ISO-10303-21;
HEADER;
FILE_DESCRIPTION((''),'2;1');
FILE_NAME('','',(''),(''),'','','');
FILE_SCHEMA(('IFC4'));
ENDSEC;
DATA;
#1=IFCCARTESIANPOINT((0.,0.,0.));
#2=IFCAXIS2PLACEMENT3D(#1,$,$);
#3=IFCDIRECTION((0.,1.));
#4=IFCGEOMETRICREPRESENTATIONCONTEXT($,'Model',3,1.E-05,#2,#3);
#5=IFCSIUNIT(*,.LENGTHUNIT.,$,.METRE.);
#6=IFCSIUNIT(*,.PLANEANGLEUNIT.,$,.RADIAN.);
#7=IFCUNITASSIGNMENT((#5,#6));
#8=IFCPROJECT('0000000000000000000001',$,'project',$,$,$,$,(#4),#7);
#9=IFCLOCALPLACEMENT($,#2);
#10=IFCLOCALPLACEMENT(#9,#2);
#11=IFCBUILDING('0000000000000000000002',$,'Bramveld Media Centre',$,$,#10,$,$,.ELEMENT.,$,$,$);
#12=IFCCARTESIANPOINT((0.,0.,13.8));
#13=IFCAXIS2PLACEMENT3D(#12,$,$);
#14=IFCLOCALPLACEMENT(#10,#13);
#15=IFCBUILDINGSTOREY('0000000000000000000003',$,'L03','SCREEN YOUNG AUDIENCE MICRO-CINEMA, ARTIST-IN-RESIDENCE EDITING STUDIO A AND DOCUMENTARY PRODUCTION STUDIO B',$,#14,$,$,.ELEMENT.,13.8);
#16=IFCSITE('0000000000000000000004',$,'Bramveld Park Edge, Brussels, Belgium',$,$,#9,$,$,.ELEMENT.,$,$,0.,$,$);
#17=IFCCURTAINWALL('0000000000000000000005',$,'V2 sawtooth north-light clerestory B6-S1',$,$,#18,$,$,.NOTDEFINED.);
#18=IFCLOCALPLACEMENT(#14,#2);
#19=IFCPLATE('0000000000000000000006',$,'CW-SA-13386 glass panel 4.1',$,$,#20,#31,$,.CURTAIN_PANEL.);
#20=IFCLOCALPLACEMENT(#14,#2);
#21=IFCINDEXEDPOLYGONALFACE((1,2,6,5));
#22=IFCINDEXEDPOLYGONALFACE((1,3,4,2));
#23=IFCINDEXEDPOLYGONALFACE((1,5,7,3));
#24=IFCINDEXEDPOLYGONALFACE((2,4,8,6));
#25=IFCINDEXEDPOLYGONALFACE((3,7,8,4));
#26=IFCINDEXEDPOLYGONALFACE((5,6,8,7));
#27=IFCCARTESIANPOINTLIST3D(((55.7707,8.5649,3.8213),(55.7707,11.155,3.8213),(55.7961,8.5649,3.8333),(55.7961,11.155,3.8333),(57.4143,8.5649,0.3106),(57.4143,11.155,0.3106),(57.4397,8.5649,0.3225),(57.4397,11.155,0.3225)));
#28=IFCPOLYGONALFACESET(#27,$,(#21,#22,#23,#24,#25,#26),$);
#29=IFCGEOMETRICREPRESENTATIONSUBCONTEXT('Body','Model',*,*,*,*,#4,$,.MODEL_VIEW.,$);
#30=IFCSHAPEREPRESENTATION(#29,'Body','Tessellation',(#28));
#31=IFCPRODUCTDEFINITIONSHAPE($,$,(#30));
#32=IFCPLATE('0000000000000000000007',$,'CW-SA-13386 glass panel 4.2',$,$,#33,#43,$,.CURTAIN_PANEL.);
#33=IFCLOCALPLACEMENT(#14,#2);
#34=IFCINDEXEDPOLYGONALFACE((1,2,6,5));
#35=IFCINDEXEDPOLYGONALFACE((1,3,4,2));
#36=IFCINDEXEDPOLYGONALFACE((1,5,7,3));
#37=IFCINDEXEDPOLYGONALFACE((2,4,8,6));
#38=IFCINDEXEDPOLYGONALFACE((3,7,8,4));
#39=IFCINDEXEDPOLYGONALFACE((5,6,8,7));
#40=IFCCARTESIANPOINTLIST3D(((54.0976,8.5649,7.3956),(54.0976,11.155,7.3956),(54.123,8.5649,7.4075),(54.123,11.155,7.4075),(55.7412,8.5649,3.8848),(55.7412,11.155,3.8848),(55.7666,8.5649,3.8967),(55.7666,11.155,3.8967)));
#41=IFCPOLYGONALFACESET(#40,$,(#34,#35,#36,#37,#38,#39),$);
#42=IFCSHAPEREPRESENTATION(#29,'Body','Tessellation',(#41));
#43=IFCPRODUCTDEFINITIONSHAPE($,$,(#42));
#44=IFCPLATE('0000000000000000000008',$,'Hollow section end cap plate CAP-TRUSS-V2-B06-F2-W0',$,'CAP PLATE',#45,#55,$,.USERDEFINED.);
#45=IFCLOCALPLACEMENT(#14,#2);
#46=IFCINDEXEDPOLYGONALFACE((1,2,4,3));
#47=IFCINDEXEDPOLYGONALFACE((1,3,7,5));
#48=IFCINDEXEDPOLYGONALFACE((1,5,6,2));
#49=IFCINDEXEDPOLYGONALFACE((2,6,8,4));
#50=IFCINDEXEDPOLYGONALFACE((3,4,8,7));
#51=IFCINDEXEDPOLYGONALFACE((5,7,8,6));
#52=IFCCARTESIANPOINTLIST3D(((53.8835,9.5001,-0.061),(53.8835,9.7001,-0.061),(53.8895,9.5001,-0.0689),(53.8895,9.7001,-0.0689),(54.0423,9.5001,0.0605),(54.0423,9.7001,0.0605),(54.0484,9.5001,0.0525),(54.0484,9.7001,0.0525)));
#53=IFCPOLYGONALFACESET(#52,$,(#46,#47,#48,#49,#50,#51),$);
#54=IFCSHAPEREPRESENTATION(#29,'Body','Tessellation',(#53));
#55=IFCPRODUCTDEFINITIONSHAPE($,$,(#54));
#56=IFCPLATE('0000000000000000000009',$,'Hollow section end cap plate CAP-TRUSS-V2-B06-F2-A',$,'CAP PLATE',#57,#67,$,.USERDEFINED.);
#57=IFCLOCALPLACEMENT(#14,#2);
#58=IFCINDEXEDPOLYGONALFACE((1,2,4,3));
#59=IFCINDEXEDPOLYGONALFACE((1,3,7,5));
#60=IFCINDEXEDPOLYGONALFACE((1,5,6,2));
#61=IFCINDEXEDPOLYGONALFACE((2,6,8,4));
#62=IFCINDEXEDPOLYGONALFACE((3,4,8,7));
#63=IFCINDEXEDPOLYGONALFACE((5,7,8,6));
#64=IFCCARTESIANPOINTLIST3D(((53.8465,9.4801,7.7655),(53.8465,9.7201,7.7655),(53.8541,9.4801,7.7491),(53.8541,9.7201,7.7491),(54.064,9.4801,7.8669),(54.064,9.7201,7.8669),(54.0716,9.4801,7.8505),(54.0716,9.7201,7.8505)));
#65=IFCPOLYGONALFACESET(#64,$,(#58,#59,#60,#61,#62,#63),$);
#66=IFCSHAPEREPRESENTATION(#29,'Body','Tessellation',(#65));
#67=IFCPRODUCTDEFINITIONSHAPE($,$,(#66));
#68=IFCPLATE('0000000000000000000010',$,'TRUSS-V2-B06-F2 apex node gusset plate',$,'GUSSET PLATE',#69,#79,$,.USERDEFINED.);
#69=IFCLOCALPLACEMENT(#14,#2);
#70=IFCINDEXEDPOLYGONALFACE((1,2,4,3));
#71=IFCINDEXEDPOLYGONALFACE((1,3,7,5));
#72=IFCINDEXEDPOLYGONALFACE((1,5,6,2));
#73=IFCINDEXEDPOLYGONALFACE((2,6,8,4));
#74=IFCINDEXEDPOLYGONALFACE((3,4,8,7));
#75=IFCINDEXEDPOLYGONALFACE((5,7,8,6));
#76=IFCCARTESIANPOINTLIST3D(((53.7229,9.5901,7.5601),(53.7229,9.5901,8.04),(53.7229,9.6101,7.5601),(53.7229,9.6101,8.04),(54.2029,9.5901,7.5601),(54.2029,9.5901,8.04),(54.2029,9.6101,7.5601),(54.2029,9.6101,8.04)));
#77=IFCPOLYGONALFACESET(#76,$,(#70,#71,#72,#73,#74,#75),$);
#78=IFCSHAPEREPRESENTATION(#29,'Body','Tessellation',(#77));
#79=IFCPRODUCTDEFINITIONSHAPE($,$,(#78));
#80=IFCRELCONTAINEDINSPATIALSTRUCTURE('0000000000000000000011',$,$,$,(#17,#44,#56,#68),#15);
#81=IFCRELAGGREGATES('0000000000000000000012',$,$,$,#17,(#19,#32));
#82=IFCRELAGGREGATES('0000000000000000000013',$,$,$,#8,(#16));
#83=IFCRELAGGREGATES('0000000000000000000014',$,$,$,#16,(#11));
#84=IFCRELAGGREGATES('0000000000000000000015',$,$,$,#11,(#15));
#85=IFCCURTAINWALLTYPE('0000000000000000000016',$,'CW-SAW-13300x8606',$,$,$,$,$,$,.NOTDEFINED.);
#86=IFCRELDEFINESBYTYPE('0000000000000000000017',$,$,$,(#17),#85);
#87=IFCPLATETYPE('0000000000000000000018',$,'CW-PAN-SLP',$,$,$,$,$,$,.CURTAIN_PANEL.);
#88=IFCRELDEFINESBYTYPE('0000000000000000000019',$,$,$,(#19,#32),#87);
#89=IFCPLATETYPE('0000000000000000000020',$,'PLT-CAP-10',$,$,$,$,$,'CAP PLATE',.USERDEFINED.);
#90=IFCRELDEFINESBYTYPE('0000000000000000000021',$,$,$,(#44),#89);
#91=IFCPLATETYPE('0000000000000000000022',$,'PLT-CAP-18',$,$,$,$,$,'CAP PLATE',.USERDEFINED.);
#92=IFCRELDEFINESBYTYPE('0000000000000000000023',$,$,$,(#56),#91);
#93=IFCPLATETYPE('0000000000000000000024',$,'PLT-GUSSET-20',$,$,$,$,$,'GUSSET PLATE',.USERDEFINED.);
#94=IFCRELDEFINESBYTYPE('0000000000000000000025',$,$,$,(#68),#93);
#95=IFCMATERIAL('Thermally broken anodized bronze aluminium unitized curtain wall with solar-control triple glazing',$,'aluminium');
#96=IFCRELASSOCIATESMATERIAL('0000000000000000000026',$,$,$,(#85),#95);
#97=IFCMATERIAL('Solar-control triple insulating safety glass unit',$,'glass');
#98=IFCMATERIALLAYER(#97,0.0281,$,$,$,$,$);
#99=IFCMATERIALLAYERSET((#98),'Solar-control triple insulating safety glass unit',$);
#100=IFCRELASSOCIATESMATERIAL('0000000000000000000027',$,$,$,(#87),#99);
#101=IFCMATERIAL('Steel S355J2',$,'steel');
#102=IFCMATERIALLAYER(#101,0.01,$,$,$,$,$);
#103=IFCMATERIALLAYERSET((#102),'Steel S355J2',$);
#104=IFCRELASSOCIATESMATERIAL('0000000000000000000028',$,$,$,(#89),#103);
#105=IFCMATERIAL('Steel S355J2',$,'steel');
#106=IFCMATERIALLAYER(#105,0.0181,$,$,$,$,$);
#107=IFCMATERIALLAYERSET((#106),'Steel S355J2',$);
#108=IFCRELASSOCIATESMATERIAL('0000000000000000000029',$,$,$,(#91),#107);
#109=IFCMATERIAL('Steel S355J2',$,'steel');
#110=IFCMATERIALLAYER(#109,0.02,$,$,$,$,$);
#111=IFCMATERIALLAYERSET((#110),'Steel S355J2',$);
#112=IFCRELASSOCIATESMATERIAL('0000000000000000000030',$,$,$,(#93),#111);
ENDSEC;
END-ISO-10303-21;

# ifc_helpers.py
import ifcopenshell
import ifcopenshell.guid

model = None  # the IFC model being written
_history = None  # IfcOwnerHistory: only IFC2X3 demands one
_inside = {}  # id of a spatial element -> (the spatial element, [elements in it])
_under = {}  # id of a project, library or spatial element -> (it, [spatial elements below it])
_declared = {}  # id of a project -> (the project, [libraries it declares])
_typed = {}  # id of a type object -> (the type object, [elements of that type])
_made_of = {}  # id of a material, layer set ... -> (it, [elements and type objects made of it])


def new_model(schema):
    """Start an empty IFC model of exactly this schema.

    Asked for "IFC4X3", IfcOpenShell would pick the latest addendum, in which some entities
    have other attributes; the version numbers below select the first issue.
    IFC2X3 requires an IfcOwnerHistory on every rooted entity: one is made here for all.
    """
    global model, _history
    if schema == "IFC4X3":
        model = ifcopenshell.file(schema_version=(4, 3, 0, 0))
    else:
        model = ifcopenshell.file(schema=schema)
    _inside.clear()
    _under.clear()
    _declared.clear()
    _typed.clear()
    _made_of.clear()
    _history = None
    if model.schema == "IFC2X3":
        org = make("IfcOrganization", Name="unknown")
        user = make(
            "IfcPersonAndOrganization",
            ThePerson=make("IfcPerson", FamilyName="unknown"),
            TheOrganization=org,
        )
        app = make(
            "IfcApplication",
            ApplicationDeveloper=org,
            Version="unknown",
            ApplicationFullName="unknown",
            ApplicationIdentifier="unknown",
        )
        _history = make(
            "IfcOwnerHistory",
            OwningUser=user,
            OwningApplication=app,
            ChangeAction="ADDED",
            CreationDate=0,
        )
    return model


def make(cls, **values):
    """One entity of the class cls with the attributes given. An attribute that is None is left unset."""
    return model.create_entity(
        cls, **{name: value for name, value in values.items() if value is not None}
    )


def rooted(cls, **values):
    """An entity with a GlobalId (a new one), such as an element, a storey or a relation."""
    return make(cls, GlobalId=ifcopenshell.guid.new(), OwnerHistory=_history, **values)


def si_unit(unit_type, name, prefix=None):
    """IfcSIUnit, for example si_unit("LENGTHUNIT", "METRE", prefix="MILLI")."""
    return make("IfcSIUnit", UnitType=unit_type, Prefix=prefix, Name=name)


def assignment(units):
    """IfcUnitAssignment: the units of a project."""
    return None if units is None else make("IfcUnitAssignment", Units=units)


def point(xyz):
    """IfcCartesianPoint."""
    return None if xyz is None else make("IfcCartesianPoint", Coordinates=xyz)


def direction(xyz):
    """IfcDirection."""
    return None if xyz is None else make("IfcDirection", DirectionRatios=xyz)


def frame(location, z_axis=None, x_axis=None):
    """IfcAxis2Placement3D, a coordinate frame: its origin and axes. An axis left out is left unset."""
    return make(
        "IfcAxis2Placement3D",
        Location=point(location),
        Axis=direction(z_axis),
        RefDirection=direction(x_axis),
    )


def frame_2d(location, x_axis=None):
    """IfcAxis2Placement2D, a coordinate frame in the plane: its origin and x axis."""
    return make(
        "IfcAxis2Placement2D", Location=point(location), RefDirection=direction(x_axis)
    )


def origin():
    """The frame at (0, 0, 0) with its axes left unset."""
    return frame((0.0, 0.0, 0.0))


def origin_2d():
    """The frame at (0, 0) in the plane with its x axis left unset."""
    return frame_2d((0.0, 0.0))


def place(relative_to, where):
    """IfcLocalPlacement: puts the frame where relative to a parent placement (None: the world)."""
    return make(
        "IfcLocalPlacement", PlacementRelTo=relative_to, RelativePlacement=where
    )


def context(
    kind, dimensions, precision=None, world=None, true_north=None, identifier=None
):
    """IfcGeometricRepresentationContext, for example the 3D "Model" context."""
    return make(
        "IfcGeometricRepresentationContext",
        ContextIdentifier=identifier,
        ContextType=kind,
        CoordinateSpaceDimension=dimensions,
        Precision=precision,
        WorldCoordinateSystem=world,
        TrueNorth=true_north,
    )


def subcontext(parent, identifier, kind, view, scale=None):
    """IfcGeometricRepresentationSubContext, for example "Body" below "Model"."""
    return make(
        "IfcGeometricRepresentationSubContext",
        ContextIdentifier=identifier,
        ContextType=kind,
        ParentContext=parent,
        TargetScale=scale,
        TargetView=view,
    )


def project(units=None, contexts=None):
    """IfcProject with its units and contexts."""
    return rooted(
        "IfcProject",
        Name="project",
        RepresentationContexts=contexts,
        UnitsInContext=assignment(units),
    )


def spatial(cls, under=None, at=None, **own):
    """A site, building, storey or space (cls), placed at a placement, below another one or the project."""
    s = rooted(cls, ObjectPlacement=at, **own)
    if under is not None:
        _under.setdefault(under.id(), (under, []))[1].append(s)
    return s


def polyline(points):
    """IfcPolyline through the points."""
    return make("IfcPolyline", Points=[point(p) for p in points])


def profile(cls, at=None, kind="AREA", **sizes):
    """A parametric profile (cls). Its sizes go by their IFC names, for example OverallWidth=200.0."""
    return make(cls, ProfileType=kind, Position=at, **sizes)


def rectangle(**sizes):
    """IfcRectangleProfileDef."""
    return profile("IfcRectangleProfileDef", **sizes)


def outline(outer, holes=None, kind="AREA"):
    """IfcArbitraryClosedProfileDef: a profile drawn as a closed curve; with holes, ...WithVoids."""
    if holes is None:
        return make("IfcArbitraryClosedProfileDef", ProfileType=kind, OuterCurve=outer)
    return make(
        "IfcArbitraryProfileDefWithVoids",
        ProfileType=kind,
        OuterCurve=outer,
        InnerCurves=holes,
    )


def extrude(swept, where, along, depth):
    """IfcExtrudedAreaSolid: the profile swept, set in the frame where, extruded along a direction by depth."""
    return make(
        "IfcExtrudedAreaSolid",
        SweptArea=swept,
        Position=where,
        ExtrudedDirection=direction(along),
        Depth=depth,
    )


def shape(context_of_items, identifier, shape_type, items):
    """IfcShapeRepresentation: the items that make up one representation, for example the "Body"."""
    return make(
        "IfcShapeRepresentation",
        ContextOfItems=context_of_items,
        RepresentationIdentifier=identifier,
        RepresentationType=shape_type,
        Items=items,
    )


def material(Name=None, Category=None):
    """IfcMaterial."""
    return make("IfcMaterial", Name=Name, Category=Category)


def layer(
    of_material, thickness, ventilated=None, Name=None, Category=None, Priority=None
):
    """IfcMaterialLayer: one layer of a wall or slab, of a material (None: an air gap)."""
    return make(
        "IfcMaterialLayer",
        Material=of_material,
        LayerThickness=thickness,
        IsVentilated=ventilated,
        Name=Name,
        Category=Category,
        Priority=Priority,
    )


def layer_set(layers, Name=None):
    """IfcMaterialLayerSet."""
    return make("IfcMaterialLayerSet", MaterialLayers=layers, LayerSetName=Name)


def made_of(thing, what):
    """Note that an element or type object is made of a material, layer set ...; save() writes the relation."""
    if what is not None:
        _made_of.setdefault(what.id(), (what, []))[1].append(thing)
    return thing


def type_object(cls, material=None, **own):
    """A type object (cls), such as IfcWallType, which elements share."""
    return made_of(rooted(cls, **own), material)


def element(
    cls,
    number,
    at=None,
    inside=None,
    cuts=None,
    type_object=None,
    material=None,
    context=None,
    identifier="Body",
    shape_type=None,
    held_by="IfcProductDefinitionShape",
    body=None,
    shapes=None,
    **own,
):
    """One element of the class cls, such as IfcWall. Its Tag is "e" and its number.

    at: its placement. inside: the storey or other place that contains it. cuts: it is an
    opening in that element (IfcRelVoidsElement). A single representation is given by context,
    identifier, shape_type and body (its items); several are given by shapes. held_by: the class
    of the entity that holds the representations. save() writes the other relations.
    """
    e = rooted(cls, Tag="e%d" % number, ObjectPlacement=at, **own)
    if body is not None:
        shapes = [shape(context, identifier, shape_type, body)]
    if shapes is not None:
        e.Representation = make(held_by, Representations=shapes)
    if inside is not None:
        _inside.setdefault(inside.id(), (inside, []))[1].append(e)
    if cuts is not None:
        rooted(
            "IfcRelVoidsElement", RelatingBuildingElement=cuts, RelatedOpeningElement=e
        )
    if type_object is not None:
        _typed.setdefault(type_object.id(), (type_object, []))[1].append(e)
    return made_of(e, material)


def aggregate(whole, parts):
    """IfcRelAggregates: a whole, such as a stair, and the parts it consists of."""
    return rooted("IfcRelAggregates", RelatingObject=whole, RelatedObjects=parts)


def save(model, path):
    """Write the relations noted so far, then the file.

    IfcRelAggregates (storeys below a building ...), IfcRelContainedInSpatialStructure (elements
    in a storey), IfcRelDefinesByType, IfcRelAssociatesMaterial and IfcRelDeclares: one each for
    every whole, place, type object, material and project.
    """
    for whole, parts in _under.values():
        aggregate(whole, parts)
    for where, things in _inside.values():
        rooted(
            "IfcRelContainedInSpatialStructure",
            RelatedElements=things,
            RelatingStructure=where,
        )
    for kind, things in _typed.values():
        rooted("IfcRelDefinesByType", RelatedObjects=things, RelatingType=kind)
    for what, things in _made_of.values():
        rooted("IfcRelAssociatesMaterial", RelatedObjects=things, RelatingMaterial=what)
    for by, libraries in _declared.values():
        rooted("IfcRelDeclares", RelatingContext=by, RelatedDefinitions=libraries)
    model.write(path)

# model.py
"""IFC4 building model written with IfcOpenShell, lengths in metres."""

from ifc_helpers import new_model, si_unit, direction, frame, origin, origin_2d, place, context, subcontext, project, spatial, polyline, rectangle, outline, extrude, material, layer, layer_set, type_object, element, aggregate, save


model = new_model("IFC4")

# Units and contexts
model_context = context("Model", 3, precision=1e-05, world=origin(), true_north=direction((0.0, 1.0)))
body_context = subcontext(model_context, "Body", "Model", "MODEL_VIEW")
ifc_project = project(units=[si_unit("LENGTHUNIT", "METRE"), si_unit("PLANEANGLEUNIT", "RADIAN")], contexts=[model_context])

# Site, building, storey
site_placement = place(None, origin())
site = spatial("IfcSite", under=ifc_project, at=site_placement, Name="Bramveld Park Edge, Brussels, Belgium", CompositionType="ELEMENT", RefElevation=0.0)
building_placement = place(site_placement, origin())
building = spatial("IfcBuilding", under=site, at=building_placement, Name="Bramveld Media Centre", CompositionType="ELEMENT")
storey_placement = place(building_placement, frame((0.0, 0.0, 13.8)))
storey = spatial("IfcBuildingStorey", under=building, at=storey_placement, Name="L03", Description="SCREEN YOUNG AUDIENCE MICRO-CINEMA, ARTIST-IN-RESIDENCE EDITING STUDIO A AND DOCUMENTARY PRODUCTION STUDIO B", CompositionType="ELEMENT", Elevation=13.8)

# Curtain wall
ifc_material_1 = material(Name="Thermally broken anodized bronze aluminium unitized curtain wall with solar-control triple glazing", Category="aluminium")
curtain_wall_type = type_object("IfcCurtainWallType", Name="CW-SAW-13300x8606", PredefinedType="NOTDEFINED", material=ifc_material_1)
curtain_wall_placement = place(storey_placement, origin())
curtain_wall = element("IfcCurtainWall", 1, at=curtain_wall_placement, inside=storey, type_object=curtain_wall_type, Name="V2 sawtooth north-light clerestory B6-S1", PredefinedType="NOTDEFINED")

# Plates
ifc_material_2 = material(Name="Solar-control triple insulating safety glass unit", Category="glass")
ifc_layer_1 = layer(ifc_material_2, 0.0281)
ifc_layer_set_1 = layer_set([ifc_layer_1], Name="Solar-control triple insulating safety glass unit")
plate_type_1 = type_object("IfcPlateType", Name="CW-PAN-SLP", PredefinedType="CURTAIN_PANEL", material=ifc_layer_set_1)
plate_1_placement = place(storey_placement, frame((57.4397, 8.5649, 0.3225), z_axis=(0.905668, 0.0, 0.423988), x_axis=(0.0, 1.0, 0.0)))
plate_1 = element("IfcPlate", 2, at=plate_1_placement, type_object=plate_type_1, Name="CW-SA-13386 glass panel 4.1", PredefinedType="CURTAIN_PANEL", context=body_context, shape_type="SweptSolid", body=[
    extrude(outline(polyline([(0.0, 0.0), (2.5901, 0.0), (2.5901, 3.8764), (0.0, 3.8764), (0.0, 0.0)])), origin(), (0.0, 0.0, -1.0), 0.0281),
])
plate_2_placement = place(storey_placement, frame((55.7666, 8.5649, 3.8967), z_axis=(0.905668, 0.0, 0.423988), x_axis=(0.0, 1.0, 0.0)))
plate_2 = element("IfcPlate", 3, at=plate_2_placement, type_object=plate_type_1, Name="CW-SA-13386 glass panel 4.2", PredefinedType="CURTAIN_PANEL", context=body_context, shape_type="SweptSolid", body=[
    extrude(outline(polyline([(0.0, 0.0), (2.5901, 0.0), (2.5901, 3.8764), (0.0, 3.8764), (0.0, 0.0)])), origin(), (0.0, 0.0, -1.0), 0.0281),
])
aggregate(curtain_wall, [plate_1, plate_2])

# Plates
ifc_material_3 = material(Name="Steel S355J2", Category="steel")
ifc_layer_2 = layer(ifc_material_3, 0.01)
ifc_layer_set_2 = layer_set([ifc_layer_2], Name="Steel S355J2")
plate_type_2 = type_object("IfcPlateType", Name="PLT-CAP-10", ElementType="CAP PLATE", PredefinedType="USERDEFINED", material=ifc_layer_set_2)
plate_3_placement = place(storey_placement, frame((53.9629, 9.6001, -0.0002), z_axis=(0.607328, 0.0, -0.794451), x_axis=(0.0, 1.0, 0.0)))
element("IfcPlate", 4, at=plate_3_placement, inside=storey, type_object=plate_type_2, Name="Hollow section end cap plate CAP-TRUSS-V2-B06-F2-W0", ObjectType="CAP PLATE", PredefinedType="USERDEFINED", context=body_context, shape_type="SweptSolid", body=[
    extrude(rectangle(XDim=0.2, YDim=0.2, at=origin_2d()), origin(), (0.0, 0.0, 1.0), 0.01),
])
ifc_material_4 = material(Name="Steel S355J2", Category="steel")
ifc_layer_3 = layer(ifc_material_4, 0.0181)
ifc_layer_set_3 = layer_set([ifc_layer_3], Name="Steel S355J2")
plate_type_3 = type_object("IfcPlateType", Name="PLT-CAP-18", ElementType="CAP PLATE", PredefinedType="USERDEFINED", material=ifc_layer_set_3)
plate_4_placement = place(storey_placement, frame((53.9629, 9.6001, 7.7998), z_axis=(-0.422618, 0.0, 0.906308), x_axis=(0.0, -1.0, 0.0)))
element("IfcPlate", 5, at=plate_4_placement, inside=storey, type_object=plate_type_3, Name="Hollow section end cap plate CAP-TRUSS-V2-B06-F2-A", ObjectType="CAP PLATE", PredefinedType="USERDEFINED", context=body_context, shape_type="SweptSolid", body=[
    extrude(rectangle(XDim=0.24, YDim=0.24, at=origin_2d()), origin(), (0.0, 0.0, 1.0), 0.0181),
])
ifc_material_5 = material(Name="Steel S355J2", Category="steel")
ifc_layer_4 = layer(ifc_material_5, 0.02)
ifc_layer_set_4 = layer_set([ifc_layer_4], Name="Steel S355J2")
plate_type_4 = type_object("IfcPlateType", Name="PLT-GUSSET-20", ElementType="GUSSET PLATE", PredefinedType="USERDEFINED", material=ifc_layer_set_4)
plate_5_placement = place(storey_placement, frame((53.9629, 9.6001, 7.5601), z_axis=(0.0, 0.0, 1.0), x_axis=(1.0, 0.0, 0.0)))
element("IfcPlate", 6, at=plate_5_placement, inside=storey, type_object=plate_type_4, Name="TRUSS-V2-B06-F2 apex node gusset plate", ObjectType="GUSSET PLATE", PredefinedType="USERDEFINED", context=body_context, shape_type="SweptSolid", body=[
    extrude(rectangle(XDim=0.48, YDim=0.02, at=origin_2d()), origin(), (0.0, 0.0, 1.0), 0.48),
])

save(model, "model.ifc")
